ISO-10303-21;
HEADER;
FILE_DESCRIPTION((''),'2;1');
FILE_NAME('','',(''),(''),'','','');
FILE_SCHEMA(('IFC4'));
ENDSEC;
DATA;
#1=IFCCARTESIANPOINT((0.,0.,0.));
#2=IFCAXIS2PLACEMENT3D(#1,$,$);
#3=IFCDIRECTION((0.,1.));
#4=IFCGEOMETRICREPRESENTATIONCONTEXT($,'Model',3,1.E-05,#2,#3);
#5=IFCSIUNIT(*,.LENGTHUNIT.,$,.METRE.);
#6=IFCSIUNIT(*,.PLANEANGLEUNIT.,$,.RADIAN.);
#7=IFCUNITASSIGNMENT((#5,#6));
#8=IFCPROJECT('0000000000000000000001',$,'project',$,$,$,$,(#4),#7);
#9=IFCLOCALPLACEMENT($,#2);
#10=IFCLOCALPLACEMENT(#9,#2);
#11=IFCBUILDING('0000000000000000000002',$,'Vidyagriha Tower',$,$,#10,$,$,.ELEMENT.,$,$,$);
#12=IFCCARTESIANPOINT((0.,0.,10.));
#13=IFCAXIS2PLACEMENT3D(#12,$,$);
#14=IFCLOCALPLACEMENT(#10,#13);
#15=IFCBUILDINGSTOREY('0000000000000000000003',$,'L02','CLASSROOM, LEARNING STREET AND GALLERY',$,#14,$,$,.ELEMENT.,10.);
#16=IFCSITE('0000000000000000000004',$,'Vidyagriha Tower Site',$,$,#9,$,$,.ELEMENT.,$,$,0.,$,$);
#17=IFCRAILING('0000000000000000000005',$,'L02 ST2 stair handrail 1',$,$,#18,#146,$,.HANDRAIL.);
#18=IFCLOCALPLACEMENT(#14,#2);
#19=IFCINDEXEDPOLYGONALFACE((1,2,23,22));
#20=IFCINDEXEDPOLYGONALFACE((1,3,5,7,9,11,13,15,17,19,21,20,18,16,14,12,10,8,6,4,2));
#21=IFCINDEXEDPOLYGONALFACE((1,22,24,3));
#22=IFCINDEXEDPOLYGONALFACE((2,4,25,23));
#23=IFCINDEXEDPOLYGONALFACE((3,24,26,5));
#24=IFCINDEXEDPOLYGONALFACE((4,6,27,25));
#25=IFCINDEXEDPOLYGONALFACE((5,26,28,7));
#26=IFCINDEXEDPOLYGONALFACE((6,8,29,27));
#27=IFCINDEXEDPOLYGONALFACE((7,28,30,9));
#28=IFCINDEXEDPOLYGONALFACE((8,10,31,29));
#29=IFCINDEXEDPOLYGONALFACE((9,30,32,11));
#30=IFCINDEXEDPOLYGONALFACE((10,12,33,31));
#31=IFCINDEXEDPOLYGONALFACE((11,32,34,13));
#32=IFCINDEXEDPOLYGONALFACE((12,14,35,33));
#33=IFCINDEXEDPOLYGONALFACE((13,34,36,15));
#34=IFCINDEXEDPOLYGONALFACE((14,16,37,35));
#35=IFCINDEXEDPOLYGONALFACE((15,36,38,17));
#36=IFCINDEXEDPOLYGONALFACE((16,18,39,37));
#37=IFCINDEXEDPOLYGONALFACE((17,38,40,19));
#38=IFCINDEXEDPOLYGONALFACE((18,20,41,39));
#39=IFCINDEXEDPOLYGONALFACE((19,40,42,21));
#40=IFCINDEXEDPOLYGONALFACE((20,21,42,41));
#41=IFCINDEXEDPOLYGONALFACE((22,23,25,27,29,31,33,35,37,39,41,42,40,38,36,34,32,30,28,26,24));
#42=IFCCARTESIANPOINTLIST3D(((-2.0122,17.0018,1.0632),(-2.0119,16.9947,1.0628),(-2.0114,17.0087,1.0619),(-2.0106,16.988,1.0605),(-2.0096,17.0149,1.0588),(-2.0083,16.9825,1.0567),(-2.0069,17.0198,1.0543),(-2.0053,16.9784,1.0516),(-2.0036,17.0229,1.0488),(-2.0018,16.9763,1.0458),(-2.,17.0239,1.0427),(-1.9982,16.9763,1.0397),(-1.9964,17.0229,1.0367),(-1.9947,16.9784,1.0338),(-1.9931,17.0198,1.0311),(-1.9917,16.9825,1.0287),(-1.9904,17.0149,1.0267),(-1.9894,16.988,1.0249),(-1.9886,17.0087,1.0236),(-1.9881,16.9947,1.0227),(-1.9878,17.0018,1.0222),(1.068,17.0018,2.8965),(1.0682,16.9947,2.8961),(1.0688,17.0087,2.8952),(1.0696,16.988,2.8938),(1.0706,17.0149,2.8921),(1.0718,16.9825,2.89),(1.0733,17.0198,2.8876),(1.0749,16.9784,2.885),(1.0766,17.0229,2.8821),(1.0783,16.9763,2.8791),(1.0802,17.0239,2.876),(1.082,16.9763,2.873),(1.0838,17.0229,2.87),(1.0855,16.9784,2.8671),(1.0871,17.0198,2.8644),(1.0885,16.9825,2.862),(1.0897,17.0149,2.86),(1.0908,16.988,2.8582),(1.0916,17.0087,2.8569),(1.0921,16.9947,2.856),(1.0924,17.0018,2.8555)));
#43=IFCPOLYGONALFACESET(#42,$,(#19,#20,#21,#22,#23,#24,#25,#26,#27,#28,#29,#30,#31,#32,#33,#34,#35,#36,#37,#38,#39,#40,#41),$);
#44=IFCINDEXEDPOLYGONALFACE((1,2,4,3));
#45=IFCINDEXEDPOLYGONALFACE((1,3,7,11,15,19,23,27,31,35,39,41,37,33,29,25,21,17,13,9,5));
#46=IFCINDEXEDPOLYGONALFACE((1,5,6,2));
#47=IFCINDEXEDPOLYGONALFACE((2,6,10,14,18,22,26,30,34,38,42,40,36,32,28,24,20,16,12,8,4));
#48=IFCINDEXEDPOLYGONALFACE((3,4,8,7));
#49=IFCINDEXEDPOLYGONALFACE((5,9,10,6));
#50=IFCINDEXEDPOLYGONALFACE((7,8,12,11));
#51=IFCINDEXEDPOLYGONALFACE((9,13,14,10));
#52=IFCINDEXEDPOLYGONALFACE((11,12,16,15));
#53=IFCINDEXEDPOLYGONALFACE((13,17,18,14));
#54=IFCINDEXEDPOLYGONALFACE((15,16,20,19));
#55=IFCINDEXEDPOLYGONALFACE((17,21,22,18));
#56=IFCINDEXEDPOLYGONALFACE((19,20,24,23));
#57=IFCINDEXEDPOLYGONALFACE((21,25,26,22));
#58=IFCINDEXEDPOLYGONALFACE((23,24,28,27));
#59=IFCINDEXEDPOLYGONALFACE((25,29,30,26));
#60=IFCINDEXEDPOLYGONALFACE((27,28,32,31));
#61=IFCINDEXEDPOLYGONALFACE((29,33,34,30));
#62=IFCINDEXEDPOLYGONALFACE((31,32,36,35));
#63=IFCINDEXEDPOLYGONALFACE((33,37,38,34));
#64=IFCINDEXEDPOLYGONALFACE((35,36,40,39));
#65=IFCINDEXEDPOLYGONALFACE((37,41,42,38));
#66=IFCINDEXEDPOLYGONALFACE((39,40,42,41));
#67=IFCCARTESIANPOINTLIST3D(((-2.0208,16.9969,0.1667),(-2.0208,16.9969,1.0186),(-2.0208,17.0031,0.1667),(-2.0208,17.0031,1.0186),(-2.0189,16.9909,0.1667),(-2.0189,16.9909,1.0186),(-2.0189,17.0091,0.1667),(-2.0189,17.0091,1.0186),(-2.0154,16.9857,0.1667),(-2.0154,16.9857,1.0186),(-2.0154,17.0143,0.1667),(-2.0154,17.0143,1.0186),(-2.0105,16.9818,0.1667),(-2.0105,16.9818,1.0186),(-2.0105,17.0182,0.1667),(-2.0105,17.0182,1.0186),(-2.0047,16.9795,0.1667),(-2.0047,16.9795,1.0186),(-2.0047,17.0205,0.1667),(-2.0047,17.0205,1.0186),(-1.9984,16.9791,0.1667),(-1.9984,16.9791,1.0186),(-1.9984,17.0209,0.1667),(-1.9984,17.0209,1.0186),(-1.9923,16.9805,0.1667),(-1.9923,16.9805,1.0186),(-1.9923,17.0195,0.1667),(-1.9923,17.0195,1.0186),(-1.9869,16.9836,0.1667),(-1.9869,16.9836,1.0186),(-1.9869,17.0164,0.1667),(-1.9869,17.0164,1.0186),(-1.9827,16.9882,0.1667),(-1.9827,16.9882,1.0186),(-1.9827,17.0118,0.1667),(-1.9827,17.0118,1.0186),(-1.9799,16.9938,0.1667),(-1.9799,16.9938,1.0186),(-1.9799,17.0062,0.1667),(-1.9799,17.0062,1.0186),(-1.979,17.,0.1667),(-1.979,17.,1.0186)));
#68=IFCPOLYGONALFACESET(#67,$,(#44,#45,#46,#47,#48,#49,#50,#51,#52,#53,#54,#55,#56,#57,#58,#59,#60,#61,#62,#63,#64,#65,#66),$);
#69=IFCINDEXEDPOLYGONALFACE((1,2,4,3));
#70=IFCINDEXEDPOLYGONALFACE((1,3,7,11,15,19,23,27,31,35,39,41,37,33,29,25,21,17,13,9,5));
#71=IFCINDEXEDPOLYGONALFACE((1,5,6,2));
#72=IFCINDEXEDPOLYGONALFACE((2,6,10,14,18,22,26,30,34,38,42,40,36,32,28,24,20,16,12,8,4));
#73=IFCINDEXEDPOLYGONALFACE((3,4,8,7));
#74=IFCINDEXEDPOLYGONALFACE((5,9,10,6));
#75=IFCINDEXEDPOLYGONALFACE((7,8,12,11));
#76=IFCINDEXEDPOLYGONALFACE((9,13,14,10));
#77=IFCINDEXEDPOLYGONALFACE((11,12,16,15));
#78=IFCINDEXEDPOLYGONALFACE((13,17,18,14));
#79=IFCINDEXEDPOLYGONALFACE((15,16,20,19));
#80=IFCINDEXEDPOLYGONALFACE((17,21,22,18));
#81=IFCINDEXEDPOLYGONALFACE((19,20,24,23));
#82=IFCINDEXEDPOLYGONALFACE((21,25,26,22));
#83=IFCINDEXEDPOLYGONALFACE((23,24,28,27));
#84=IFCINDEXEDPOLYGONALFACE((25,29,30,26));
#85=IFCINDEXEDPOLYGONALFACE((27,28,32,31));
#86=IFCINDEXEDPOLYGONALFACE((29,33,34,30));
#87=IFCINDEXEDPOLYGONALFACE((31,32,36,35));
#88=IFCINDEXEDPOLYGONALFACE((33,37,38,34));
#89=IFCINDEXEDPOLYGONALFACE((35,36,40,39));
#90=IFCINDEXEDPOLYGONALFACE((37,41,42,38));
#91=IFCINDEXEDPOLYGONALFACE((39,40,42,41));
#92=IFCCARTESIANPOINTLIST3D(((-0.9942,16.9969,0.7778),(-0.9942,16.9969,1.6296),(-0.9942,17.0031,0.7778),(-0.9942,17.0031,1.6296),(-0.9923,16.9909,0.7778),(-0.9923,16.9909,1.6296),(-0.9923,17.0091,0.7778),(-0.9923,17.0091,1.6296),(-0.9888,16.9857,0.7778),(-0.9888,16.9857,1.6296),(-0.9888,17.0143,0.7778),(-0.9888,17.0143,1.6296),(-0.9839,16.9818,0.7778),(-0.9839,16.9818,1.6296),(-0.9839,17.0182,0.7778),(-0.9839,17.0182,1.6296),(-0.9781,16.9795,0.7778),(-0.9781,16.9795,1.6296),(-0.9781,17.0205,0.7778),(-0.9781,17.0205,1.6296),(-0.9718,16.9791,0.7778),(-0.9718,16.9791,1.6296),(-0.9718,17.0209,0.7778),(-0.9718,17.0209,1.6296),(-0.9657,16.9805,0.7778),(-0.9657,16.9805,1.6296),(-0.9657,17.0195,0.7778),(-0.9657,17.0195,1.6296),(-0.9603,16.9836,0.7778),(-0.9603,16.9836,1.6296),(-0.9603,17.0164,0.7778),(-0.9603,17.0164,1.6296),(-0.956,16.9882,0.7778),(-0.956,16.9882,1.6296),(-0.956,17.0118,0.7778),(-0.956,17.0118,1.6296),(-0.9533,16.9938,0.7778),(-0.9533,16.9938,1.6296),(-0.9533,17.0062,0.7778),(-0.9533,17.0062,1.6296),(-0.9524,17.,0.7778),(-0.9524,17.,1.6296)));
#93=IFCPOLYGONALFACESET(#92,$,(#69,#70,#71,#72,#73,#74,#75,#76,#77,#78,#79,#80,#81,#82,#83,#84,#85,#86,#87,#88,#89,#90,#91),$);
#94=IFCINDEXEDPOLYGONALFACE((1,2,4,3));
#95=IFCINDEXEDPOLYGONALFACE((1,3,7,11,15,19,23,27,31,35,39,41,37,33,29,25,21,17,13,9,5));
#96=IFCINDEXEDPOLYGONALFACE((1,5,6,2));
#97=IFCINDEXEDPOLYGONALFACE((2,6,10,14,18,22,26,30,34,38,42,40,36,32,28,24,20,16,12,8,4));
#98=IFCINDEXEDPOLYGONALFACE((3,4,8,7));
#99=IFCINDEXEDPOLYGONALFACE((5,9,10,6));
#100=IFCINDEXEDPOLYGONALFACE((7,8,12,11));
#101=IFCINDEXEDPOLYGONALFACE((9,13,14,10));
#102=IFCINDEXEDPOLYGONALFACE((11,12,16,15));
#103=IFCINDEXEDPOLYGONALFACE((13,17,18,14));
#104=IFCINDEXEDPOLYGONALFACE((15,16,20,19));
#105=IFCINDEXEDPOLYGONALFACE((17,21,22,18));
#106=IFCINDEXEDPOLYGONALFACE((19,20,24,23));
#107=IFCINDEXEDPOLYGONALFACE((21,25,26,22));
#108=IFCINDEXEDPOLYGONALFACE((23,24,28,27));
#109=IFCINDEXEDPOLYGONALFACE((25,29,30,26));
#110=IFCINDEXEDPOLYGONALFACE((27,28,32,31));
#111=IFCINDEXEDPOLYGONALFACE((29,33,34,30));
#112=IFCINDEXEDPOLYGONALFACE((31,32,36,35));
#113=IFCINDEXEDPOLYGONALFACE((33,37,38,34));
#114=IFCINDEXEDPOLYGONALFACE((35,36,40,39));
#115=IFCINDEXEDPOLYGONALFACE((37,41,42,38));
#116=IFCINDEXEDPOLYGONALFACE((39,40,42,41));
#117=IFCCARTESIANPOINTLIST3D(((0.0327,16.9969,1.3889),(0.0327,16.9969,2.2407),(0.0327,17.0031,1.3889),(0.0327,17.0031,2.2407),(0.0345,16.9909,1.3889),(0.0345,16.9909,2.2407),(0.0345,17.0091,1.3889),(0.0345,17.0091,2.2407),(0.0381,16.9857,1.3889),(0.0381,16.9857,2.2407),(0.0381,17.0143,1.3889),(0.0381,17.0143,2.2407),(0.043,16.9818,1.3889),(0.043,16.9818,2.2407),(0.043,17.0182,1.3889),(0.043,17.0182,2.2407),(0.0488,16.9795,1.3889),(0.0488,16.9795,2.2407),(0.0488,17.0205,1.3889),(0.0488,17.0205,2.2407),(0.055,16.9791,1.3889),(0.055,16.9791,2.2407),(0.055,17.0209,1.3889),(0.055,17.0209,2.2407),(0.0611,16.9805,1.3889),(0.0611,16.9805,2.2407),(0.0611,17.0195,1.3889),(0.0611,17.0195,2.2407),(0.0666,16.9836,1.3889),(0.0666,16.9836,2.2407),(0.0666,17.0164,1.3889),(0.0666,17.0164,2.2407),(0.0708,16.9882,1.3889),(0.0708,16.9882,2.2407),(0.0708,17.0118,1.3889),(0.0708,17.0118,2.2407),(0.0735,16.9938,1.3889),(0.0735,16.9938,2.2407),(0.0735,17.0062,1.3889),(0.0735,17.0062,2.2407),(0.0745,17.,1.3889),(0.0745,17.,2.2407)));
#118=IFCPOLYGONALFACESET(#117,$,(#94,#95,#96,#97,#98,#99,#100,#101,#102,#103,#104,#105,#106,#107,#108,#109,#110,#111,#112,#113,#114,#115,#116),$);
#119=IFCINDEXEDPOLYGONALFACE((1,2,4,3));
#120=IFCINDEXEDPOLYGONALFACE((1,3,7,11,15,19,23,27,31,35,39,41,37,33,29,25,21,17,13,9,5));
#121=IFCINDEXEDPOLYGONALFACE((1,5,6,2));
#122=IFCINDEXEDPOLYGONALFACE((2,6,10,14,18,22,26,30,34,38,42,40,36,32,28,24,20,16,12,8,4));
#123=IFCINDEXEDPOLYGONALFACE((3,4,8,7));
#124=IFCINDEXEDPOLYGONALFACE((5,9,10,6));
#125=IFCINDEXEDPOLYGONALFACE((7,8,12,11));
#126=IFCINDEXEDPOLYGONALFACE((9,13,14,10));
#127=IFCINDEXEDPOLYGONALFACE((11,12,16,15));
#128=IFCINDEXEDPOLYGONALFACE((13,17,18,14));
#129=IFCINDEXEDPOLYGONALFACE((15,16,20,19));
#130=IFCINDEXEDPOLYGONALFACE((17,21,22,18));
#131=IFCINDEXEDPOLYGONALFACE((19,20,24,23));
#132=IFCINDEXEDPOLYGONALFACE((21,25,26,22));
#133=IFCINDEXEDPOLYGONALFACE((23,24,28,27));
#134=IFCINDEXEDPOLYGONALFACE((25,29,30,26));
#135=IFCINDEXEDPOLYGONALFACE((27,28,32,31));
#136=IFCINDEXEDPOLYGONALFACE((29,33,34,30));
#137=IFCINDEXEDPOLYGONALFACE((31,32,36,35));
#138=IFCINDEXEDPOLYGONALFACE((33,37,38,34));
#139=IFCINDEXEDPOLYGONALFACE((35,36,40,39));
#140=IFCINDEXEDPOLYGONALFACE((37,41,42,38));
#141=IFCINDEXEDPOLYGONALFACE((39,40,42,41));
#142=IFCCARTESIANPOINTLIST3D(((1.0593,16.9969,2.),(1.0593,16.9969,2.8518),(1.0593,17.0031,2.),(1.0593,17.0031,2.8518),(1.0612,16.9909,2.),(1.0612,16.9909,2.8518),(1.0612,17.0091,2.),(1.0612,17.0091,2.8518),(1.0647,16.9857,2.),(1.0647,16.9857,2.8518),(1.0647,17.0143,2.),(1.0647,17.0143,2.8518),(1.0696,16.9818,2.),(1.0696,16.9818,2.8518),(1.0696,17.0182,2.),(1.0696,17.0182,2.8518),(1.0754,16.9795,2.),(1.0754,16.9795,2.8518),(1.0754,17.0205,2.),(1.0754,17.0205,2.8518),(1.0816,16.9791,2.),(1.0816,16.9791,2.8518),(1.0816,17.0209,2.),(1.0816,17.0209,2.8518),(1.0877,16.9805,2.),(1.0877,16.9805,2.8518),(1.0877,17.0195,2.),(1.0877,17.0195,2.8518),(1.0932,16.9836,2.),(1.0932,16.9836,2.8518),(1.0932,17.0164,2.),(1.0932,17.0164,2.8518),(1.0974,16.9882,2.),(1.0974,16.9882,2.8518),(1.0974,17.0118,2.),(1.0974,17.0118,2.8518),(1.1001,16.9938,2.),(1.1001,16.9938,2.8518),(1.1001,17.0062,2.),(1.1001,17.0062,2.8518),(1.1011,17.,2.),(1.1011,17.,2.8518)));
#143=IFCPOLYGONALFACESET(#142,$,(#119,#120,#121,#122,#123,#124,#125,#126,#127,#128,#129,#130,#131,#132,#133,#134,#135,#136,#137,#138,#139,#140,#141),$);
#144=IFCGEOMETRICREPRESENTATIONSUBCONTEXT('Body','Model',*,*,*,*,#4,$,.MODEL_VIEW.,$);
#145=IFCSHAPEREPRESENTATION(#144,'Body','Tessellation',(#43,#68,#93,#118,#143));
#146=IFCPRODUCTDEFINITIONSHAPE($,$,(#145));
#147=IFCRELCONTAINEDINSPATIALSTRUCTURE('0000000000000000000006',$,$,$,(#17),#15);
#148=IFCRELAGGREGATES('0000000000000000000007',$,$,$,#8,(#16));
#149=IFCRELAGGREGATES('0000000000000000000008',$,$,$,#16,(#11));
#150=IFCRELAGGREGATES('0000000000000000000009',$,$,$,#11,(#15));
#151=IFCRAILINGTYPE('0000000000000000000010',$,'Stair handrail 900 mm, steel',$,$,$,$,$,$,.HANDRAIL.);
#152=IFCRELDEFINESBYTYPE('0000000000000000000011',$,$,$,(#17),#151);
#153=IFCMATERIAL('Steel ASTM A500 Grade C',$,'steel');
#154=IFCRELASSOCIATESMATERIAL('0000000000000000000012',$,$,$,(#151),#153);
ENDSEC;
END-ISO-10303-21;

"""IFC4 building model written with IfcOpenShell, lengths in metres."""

from ifc_helpers import new_model, si_unit, direction, frame, origin, origin_2d, place, context, subcontext, project, spatial, circle, extrude, material, type_object, element, save


model = new_model("IFC4")

# Units and contexts
model_context = context("Model", 3, precision=1e-05, world=origin(), true_north=direction((0.0, 1.0)))
body_context = subcontext(model_context, "Body", "Model", "MODEL_VIEW")
ifc_project = project(units=[si_unit("LENGTHUNIT", "METRE"), si_unit("PLANEANGLEUNIT", "RADIAN")], contexts=[model_context])

# Site, building, storey
site_placement = place(None, origin())
site = spatial("IfcSite", under=ifc_project, at=site_placement, Name="Vidyagriha Tower Site", CompositionType="ELEMENT", RefElevation=0.0)
building_placement = place(site_placement, origin())
building = spatial("IfcBuilding", under=site, at=building_placement, Name="Vidyagriha Tower", CompositionType="ELEMENT")
storey_placement = place(building_placement, frame((0.0, 0.0, 10.0)))
storey = spatial("IfcBuildingStorey", under=building, at=storey_placement, Name="L02", Description="CLASSROOM, LEARNING STREET AND GALLERY", CompositionType="ELEMENT", Elevation=10.0)

# Railing
ifc_material_1 = material(Name="Steel ASTM A500 Grade C", Category="steel")
railing_type_1 = type_object("IfcRailingType", Name="Stair handrail 900 mm, steel", PredefinedType="HANDRAIL", material=ifc_material_1)
railing_1_placement = place(storey_placement, frame((-2.0, 17.0, 0.1667)))
element("IfcRailing", 1, at=railing_1_placement, inside=storey, type_object=railing_type_1, Name="L02 ST2 stair handrail 1", PredefinedType="HANDRAIL", context=body_context, shape_type="SweptSolid", body=[
    extrude(circle(Radius=0.0239, at=origin_2d()), frame((0.0, 0.0, 0.876), z_axis=(0.859309, 0.0, 0.511458), x_axis=(0.0, 1.0, 0.0)), (0.0, 0.0, 1.0), 3.5845),
    extrude(circle(Radius=0.021, at=origin_2d()), origin(), (0.0, 0.0, 1.0), 0.8518),
    extrude(circle(Radius=0.021, at=origin_2d()), frame((1.0266, 0.0, 0.6111)), (0.0, 0.0, 1.0), 0.8518),
    extrude(circle(Radius=0.021, at=origin_2d()), frame((2.0535, 0.0, 1.2222)), (0.0, 0.0, 1.0), 0.8518),
    extrude(circle(Radius=0.021, at=origin_2d()), frame((3.0801, 0.0, 1.8333)), (0.0, 0.0, 1.0), 0.8518),
])

save(model, "model.ifc")
